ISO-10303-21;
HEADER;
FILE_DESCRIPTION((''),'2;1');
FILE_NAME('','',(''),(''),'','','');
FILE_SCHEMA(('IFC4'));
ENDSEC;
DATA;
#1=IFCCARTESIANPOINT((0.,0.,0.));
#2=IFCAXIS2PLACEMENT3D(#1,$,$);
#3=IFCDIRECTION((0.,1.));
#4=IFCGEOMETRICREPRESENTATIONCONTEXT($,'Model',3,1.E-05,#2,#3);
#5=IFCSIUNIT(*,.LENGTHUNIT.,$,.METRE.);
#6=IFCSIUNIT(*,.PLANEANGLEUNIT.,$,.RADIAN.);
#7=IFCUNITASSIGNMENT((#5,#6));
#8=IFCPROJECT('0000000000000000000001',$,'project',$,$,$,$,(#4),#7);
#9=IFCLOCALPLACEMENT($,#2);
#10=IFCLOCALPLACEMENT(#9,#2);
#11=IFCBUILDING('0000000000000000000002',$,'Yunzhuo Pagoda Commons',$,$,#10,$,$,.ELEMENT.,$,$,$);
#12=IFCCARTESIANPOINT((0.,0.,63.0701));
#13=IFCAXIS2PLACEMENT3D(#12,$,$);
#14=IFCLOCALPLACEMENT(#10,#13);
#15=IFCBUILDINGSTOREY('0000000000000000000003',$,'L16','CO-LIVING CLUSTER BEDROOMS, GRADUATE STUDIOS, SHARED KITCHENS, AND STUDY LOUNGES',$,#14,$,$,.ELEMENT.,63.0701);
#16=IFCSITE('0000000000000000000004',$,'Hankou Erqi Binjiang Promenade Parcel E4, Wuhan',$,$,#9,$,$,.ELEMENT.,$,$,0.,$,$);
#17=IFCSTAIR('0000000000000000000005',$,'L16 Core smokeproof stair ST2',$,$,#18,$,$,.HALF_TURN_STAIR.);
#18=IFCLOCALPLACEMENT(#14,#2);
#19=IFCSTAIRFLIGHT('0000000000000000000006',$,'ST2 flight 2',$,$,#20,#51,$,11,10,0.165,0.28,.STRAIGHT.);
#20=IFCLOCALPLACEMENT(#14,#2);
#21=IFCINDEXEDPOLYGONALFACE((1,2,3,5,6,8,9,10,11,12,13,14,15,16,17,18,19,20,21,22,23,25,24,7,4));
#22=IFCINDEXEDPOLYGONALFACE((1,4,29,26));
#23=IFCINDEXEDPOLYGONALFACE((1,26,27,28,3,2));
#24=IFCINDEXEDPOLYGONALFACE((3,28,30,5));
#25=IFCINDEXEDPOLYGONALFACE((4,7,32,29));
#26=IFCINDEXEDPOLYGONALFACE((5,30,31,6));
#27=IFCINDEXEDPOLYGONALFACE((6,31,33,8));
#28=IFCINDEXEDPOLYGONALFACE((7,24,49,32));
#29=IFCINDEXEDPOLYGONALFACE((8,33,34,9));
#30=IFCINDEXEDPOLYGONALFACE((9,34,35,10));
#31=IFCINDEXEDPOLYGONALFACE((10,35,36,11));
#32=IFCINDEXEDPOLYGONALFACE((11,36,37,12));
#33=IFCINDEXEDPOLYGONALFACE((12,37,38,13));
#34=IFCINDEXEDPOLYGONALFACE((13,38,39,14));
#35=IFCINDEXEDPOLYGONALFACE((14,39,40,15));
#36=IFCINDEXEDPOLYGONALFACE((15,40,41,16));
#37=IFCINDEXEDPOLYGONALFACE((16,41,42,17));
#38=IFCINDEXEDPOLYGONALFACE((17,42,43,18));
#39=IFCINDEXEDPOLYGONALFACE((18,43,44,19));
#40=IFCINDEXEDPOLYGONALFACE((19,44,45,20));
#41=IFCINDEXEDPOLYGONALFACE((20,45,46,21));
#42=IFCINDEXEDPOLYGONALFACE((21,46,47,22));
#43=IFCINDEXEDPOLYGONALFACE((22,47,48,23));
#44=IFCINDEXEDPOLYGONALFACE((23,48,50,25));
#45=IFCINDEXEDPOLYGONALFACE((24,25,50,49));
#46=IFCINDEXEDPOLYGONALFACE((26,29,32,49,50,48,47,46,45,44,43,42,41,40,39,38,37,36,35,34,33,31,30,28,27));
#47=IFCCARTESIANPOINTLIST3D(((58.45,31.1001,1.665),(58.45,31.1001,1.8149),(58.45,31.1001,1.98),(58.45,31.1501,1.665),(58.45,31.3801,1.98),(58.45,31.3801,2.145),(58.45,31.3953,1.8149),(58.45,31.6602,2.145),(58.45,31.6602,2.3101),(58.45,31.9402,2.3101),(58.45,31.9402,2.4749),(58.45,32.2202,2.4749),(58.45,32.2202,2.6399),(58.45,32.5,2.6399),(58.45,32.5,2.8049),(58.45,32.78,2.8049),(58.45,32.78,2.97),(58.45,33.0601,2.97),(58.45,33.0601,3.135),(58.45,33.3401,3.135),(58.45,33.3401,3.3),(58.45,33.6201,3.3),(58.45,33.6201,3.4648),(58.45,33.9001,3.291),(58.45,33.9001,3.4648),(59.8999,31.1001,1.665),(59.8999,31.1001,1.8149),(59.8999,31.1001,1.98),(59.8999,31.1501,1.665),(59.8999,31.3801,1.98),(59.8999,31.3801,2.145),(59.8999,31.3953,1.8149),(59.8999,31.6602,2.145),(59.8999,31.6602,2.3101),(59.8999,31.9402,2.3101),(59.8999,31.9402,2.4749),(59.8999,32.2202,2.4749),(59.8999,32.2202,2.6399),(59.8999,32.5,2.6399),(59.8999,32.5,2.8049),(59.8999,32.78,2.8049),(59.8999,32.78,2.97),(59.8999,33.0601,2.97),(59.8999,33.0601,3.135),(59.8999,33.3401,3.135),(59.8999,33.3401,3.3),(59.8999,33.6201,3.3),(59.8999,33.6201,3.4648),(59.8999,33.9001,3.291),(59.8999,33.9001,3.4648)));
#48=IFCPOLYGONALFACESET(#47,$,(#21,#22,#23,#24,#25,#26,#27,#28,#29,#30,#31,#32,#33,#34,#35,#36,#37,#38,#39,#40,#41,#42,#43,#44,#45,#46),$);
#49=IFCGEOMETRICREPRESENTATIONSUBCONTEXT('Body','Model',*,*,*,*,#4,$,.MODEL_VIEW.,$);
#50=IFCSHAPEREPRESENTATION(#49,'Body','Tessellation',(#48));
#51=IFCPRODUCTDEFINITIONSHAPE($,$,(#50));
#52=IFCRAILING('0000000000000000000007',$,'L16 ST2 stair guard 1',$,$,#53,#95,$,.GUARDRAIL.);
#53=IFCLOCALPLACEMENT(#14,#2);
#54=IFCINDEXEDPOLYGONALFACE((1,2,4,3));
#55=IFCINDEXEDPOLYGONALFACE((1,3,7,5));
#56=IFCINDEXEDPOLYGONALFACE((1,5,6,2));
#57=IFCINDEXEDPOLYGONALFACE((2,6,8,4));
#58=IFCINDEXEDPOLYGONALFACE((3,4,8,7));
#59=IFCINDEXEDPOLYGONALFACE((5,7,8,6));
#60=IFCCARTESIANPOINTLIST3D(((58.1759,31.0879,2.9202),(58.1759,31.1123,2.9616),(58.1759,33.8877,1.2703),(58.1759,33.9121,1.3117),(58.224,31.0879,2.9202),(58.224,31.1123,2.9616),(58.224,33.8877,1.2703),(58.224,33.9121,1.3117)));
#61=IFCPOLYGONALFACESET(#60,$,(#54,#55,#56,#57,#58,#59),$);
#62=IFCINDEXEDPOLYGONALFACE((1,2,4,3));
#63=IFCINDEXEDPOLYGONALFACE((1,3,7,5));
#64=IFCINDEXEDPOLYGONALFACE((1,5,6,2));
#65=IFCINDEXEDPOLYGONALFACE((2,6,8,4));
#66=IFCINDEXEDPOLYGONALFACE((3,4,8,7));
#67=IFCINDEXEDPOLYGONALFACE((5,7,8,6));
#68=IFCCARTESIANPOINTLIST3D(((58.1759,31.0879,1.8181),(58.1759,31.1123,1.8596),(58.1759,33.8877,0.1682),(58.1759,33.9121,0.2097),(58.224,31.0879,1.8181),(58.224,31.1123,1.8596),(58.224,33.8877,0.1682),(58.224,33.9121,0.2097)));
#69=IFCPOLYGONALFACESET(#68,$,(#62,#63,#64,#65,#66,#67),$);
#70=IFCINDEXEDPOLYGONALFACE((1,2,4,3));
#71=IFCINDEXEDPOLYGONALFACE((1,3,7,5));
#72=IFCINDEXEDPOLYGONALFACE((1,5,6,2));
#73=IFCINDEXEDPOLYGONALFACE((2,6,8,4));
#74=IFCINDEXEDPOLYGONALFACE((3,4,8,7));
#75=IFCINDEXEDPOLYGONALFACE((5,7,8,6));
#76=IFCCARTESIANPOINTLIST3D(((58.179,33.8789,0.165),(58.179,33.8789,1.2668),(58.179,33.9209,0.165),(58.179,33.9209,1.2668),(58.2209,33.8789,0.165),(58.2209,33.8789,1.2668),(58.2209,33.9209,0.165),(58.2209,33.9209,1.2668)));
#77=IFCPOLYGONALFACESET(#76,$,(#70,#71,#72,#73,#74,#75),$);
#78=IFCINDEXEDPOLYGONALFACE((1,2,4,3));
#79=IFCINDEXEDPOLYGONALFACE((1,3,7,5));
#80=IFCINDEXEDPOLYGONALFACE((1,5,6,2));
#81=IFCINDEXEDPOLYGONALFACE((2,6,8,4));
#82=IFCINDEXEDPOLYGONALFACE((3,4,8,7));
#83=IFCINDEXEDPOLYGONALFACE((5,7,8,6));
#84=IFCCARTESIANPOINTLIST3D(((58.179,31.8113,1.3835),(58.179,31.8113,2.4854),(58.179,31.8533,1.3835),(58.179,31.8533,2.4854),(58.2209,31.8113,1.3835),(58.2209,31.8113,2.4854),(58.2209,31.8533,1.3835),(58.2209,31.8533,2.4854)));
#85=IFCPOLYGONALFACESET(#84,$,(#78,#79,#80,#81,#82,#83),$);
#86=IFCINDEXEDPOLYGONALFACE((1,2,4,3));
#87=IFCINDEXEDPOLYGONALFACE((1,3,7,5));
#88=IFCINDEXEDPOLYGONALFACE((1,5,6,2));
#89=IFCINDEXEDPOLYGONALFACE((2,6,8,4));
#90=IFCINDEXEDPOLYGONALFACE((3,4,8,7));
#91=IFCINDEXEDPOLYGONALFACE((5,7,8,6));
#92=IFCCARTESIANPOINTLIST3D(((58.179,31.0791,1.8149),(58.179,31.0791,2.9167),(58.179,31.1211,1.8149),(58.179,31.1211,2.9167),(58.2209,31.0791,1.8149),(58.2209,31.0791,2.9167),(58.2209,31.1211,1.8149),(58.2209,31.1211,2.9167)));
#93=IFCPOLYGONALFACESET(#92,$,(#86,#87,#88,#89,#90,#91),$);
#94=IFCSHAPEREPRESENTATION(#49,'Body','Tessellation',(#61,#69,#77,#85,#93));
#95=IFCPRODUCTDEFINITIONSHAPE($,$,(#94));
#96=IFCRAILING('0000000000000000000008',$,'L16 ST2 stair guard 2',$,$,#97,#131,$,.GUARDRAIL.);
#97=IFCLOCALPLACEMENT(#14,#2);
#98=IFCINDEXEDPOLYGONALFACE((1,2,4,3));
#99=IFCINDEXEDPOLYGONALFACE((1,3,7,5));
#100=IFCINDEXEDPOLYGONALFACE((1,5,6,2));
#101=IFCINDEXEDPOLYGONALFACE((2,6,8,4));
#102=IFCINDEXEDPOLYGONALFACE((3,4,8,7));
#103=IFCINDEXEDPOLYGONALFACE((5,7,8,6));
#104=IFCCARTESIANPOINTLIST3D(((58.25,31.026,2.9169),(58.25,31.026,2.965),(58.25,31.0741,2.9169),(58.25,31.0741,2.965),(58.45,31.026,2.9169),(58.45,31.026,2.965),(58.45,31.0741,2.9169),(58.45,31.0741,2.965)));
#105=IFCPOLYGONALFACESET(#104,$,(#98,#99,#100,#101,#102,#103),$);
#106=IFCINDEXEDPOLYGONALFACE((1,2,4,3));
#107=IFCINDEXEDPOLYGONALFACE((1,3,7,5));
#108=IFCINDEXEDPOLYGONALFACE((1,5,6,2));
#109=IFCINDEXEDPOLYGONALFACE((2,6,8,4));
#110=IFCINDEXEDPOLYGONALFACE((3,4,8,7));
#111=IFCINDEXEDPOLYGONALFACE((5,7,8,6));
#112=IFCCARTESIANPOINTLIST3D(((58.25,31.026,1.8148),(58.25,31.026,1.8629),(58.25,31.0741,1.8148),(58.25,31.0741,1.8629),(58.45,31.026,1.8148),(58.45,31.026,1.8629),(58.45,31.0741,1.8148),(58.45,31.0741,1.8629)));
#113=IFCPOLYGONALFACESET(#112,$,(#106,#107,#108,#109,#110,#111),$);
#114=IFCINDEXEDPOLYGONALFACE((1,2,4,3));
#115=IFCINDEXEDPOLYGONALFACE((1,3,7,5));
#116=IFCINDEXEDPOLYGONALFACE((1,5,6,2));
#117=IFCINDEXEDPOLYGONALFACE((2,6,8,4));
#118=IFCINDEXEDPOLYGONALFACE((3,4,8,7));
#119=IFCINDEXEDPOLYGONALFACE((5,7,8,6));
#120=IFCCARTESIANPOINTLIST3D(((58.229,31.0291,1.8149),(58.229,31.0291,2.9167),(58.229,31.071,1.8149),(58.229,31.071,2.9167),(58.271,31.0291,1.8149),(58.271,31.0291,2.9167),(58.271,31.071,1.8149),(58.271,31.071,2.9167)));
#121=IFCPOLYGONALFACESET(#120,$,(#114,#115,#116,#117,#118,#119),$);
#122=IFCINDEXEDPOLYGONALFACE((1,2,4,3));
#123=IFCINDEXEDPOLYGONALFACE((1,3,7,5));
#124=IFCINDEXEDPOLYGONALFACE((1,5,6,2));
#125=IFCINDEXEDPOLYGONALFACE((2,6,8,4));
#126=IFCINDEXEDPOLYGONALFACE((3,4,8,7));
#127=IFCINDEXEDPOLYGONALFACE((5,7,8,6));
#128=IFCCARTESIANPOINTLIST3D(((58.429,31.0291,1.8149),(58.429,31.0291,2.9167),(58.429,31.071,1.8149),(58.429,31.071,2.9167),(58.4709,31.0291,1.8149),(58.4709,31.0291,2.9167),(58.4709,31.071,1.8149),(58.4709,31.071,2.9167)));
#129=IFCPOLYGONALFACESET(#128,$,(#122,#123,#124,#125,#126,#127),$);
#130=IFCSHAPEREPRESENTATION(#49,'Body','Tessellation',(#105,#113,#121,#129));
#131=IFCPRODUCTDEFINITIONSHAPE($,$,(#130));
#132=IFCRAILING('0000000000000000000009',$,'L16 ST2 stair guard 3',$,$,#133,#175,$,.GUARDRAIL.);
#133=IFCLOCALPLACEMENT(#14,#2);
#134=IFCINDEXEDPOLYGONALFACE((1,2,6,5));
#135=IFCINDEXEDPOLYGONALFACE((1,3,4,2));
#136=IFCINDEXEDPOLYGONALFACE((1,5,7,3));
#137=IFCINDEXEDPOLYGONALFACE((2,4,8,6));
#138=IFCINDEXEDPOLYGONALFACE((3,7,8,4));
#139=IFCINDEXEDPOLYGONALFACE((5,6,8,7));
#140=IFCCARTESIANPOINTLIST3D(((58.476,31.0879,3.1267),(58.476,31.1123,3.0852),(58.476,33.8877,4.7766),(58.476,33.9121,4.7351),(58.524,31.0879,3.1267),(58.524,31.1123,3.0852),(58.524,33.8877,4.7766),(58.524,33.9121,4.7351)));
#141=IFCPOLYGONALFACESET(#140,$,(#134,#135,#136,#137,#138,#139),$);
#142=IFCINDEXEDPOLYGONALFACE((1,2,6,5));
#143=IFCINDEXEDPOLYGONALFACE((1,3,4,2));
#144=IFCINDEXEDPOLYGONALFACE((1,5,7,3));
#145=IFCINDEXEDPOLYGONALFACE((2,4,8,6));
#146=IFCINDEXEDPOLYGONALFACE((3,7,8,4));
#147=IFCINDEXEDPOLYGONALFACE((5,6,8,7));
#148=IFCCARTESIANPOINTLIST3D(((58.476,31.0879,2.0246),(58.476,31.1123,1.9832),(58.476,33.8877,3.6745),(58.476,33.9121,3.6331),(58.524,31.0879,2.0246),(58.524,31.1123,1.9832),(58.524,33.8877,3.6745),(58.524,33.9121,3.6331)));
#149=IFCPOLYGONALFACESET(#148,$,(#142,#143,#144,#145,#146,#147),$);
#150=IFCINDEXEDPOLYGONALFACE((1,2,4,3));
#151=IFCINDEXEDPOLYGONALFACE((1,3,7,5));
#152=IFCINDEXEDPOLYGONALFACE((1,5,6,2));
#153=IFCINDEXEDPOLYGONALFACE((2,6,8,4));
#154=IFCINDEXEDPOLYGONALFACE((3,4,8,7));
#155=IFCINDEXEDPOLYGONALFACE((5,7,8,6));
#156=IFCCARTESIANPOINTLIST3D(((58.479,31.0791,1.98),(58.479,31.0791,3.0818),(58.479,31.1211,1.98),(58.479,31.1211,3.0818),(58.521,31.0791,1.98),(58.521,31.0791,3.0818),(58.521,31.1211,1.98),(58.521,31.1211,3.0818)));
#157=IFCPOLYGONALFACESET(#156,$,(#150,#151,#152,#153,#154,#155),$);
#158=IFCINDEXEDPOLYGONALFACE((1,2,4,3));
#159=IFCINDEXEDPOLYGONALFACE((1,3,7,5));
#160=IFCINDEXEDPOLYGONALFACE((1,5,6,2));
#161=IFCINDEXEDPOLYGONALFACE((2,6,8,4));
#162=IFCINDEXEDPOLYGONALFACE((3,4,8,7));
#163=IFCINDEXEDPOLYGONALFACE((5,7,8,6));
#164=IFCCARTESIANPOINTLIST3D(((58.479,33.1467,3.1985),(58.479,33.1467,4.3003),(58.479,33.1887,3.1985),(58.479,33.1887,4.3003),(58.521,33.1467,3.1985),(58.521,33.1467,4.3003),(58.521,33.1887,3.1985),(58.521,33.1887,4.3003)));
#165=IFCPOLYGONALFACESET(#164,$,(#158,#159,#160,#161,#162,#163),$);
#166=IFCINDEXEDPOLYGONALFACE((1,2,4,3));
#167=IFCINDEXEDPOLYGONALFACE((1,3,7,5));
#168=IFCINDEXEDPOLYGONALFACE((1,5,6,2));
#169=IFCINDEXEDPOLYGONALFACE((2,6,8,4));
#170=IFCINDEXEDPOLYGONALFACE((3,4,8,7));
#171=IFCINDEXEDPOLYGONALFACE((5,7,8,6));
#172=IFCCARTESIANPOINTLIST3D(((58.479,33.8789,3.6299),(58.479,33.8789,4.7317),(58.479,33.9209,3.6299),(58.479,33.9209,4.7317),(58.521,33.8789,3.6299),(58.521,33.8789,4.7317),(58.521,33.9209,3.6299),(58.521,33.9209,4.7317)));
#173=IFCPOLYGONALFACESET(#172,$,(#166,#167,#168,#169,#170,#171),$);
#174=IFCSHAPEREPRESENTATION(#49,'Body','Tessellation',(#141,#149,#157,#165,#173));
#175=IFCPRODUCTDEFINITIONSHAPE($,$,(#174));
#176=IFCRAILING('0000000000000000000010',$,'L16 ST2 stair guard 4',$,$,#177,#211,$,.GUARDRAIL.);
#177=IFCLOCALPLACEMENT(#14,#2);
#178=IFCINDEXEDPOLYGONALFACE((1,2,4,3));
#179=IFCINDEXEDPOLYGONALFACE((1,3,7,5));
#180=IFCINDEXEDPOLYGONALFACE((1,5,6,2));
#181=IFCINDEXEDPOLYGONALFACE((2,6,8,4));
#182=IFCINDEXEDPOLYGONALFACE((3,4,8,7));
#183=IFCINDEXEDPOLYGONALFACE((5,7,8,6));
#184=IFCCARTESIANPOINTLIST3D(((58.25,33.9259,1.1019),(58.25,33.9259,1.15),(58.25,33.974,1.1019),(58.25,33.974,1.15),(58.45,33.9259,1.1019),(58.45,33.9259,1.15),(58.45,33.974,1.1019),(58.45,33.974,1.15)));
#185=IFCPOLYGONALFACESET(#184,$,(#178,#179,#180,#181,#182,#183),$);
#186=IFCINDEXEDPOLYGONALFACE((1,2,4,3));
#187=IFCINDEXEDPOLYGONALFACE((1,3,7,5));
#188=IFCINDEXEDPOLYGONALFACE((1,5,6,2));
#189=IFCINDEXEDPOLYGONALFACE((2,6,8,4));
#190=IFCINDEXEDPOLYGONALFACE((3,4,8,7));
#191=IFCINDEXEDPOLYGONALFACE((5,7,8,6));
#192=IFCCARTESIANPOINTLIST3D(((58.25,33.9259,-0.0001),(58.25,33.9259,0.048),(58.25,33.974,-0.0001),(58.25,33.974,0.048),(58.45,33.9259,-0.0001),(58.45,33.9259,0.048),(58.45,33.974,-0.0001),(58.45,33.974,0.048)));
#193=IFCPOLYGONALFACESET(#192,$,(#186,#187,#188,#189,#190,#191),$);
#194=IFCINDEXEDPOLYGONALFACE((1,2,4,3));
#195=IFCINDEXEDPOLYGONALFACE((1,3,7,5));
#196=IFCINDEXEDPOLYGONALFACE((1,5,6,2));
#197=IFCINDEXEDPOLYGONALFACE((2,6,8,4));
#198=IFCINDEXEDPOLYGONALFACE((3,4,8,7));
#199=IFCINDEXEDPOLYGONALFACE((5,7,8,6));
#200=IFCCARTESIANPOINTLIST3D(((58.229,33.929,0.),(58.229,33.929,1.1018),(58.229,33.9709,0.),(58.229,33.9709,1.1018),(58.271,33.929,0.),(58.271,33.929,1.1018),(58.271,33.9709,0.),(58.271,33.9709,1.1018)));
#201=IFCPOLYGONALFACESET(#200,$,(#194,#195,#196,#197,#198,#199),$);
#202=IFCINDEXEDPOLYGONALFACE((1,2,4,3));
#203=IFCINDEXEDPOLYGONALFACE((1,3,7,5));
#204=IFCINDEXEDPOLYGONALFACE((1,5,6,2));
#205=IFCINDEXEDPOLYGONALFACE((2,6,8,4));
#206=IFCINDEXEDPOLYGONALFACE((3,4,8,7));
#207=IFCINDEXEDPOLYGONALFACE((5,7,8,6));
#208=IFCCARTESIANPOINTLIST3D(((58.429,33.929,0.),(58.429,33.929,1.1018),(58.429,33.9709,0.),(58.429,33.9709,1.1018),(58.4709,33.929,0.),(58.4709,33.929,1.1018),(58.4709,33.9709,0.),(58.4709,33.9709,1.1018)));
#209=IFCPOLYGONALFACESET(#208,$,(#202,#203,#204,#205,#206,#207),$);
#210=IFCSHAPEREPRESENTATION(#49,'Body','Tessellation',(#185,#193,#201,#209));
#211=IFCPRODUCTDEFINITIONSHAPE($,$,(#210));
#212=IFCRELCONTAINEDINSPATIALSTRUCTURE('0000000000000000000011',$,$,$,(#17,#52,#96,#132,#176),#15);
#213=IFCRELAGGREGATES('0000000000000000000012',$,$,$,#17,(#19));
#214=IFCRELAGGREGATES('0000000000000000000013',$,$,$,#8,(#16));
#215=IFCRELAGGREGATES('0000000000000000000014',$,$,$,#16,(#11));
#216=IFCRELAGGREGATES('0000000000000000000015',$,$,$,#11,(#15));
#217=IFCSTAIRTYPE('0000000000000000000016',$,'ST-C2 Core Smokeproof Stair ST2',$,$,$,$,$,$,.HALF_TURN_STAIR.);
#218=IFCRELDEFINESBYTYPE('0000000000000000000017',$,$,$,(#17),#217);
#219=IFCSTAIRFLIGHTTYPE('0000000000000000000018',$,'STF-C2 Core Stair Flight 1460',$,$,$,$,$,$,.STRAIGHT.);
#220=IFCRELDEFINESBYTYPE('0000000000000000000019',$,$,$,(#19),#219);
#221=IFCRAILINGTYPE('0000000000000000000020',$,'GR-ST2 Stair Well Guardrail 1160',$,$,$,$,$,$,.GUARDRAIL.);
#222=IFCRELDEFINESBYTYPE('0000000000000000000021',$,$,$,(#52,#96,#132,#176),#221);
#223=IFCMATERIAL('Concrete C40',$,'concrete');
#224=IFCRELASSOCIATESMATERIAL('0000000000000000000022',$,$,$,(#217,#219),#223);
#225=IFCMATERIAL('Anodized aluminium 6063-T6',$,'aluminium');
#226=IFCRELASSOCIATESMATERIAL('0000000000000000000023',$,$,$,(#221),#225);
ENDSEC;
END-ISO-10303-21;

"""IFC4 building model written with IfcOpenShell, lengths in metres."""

from ifc_helpers import new_model, si_unit, direction, frame, origin, origin_2d, place, context, subcontext, project, spatial, polyline, rectangle, outline, extrude, source, transform, mapped, material, type_object, element, aggregate, save


model = new_model("IFC4")

# Units and contexts
model_context = context("Model", 3, precision=1e-05, world=origin(), true_north=direction((0.0, 1.0)))
body_context = subcontext(model_context, "Body", "Model", "MODEL_VIEW")
ifc_project = project(units=[si_unit("LENGTHUNIT", "METRE"), si_unit("PLANEANGLEUNIT", "RADIAN")], contexts=[model_context])

# Site, building, storey
site_placement = place(None, origin())
site = spatial("IfcSite", under=ifc_project, at=site_placement, Name="Hankou Erqi Binjiang Promenade Parcel E4, Wuhan", CompositionType="ELEMENT", RefElevation=0.0)
building_placement = place(site_placement, origin())
building = spatial("IfcBuilding", under=site, at=building_placement, Name="Yunzhuo Pagoda Commons", CompositionType="ELEMENT")
storey_placement = place(building_placement, frame((0.0, 0.0, 63.0701)))
storey = spatial("IfcBuildingStorey", under=building, at=storey_placement, Name="L16", Description="CO-LIVING CLUSTER BEDROOMS, GRADUATE STUDIOS, SHARED KITCHENS, AND STUDY LOUNGES", CompositionType="ELEMENT", Elevation=63.0701)

# Shared definitions
ifc_material_1 = material(Name="Concrete C40", Category="concrete")

# Stair, stair flight
stair_type = type_object("IfcStairType", Name="ST-C2 Core Smokeproof Stair ST2", PredefinedType="HALF_TURN_STAIR", material=ifc_material_1)
stair_placement = place(storey_placement, origin())
stair = element("IfcStair", 1, at=stair_placement, inside=storey, type_object=stair_type, Name="L16 Core smokeproof stair ST2", PredefinedType="HALF_TURN_STAIR")
stair_flight_type = type_object("IfcStairFlightType", Name="STF-C2 Core Stair Flight 1460", PredefinedType="STRAIGHT", material=ifc_material_1)
shared_shape_1 = source(origin(), body_context, "Body", "SweptSolid", [
    extrude(outline(polyline([(0.0, -0.1499), (0.0, 0.0), (0.0, 0.165), (0.28, 0.165), (0.28, 0.3301), (0.5601, 0.3301), (0.5601, 0.4951), (0.8401, 0.4951), (0.8401, 0.6599), (1.1201, 0.6599), (1.1201, 0.825), (1.3999, 0.825), (1.3999, 0.99), (1.6799, 0.99), (1.6799, 1.155), (1.96, 1.155), (1.96, 1.3201), (2.24, 1.3201), (2.24, 1.4851), (2.52, 1.4851), (2.52, 1.6499), (2.8, 1.6499), (2.8, 1.8149), (2.8, 1.4761), (0.2952, 0.0), (0.05, -0.1499), (0.0, -0.1499)])), frame((0.0, 0.7251, 0.0), z_axis=(0.0, -1.0, 0.0), x_axis=(1.0, 0.0, 0.0)), (0.0, 0.0, 1.0), 1.45),
])
stair_flight_1_placement = place(storey_placement, frame((59.175, 31.1001, 1.8149), z_axis=(0.0, 0.0, 1.0), x_axis=(0.0, 1.0, 0.0)))
stair_flight_1 = element("IfcStairFlight", 2, at=stair_flight_1_placement, type_object=stair_flight_type, Name="ST2 flight 2", NumberOfRisers=11, NumberOfTreads=10, PredefinedType="STRAIGHT", RiserHeight=0.165, TreadLength=0.28, context=body_context, shape_type="MappedRepresentation", body=[
    mapped(shared_shape_1, transform((0.0, 0.0, 0.0), scale=1.0)),
])
aggregate(stair, [stair_flight_1])

# Railings
ifc_material_2 = material(Name="Anodized aluminium 6063-T6", Category="aluminium")
railing_type_1 = type_object("IfcRailingType", Name="GR-ST2 Stair Well Guardrail 1160", PredefinedType="GUARDRAIL", material=ifc_material_2)
railing_1_placement = place(storey_placement, frame((58.2, 33.8999, 0.165)))
element("IfcRailing", 3, at=railing_1_placement, inside=storey, type_object=railing_type_1, Name="L16 ST2 stair guard 1", PredefinedType="GUARDRAIL", context=body_context, shape_type="SweptSolid", body=[
    extrude(rectangle(XDim=0.0481, YDim=0.0481, at=origin_2d()), frame((0.0, 0.0, 1.126), z_axis=(0.0, -0.861536, 0.507696), x_axis=(1.0, 0.0, 0.0)), (0.0, 0.0, 1.0), 3.2498),
    extrude(rectangle(XDim=0.0481, YDim=0.0481, at=origin_2d()), frame((0.0, 0.0, 0.0239), z_axis=(0.0, -0.861536, 0.507696), x_axis=(1.0, 0.0, 0.0)), (0.0, 0.0, 1.0), 3.2498),
    extrude(rectangle(XDim=0.042, YDim=0.042, at=origin_2d()), origin(), (0.0, 0.0, 1.0), 1.1018),
    extrude(rectangle(XDim=0.042, YDim=0.042, at=origin_2d()), frame((0.0, -2.0676, 1.2185)), (0.0, 0.0, 1.0), 1.1018),
    extrude(rectangle(XDim=0.042, YDim=0.042, at=origin_2d()), frame((0.0, -2.7998, 1.6499)), (0.0, 0.0, 1.0), 1.1018),
])
railing_2_placement = place(storey_placement, frame((58.25, 31.05, 1.8149)))
element("IfcRailing", 4, at=railing_2_placement, inside=storey, type_object=railing_type_1, Name="L16 ST2 stair guard 2", PredefinedType="GUARDRAIL", context=body_context, shape_type="SweptSolid", body=[
    extrude(rectangle(XDim=0.0481, YDim=0.0481, at=origin_2d()), frame((0.0, 0.0, 1.126), z_axis=(1.0, 0.0, 0.0), x_axis=(0.0, 1.0, 0.0)), (0.0, 0.0, 1.0), 0.2),
    extrude(rectangle(XDim=0.0481, YDim=0.0481, at=origin_2d()), frame((0.0, 0.0, 0.0239), z_axis=(1.0, 0.0, 0.0), x_axis=(0.0, 1.0, 0.0)), (0.0, 0.0, 1.0), 0.2),
    extrude(rectangle(XDim=0.042, YDim=0.042, at=origin_2d()), origin(), (0.0, 0.0, 1.0), 1.1018),
    extrude(rectangle(XDim=0.042, YDim=0.042, at=origin_2d()), frame((0.2, 0.0, 0.0)), (0.0, 0.0, 1.0), 1.1018),
])
railing_3_placement = place(storey_placement, frame((58.5, 31.1001, 1.98)))
element("IfcRailing", 5, at=railing_3_placement, inside=storey, type_object=railing_type_1, Name="L16 ST2 stair guard 3", PredefinedType="GUARDRAIL", context=body_context, shape_type="SweptSolid", body=[
    extrude(rectangle(XDim=0.0481, YDim=0.0481, at=origin_2d()), frame((0.0, 0.0, 1.126), z_axis=(0.0, 0.861536, 0.507696), x_axis=(-1.0, 0.0, 0.0)), (0.0, 0.0, 1.0), 3.2498),
    extrude(rectangle(XDim=0.0481, YDim=0.0481, at=origin_2d()), frame((0.0, 0.0, 0.0239), z_axis=(0.0, 0.861536, 0.507696), x_axis=(-1.0, 0.0, 0.0)), (0.0, 0.0, 1.0), 3.2498),
    extrude(rectangle(XDim=0.042, YDim=0.042, at=origin_2d()), origin(), (0.0, 0.0, 1.0), 1.1018),
    extrude(rectangle(XDim=0.042, YDim=0.042, at=origin_2d()), frame((0.0, 2.0676, 1.2185)), (0.0, 0.0, 1.0), 1.1018),
    extrude(rectangle(XDim=0.042, YDim=0.042, at=origin_2d()), frame((0.0, 2.7998, 1.6499)), (0.0, 0.0, 1.0), 1.1018),
])
railing_4_placement = place(storey_placement, frame((58.25, 33.95, 0.0)))
element("IfcRailing", 6, at=railing_4_placement, inside=storey, type_object=railing_type_1, Name="L16 ST2 stair guard 4", PredefinedType="GUARDRAIL", context=body_context, shape_type="SweptSolid", body=[
    extrude(rectangle(XDim=0.0481, YDim=0.0481, at=origin_2d()), frame((0.0, 0.0, 1.126), z_axis=(1.0, 0.0, 0.0), x_axis=(0.0, 1.0, 0.0)), (0.0, 0.0, 1.0), 0.2),
    extrude(rectangle(XDim=0.0481, YDim=0.0481, at=origin_2d()), frame((0.0, 0.0, 0.0239), z_axis=(1.0, 0.0, 0.0), x_axis=(0.0, 1.0, 0.0)), (0.0, 0.0, 1.0), 0.2),
    extrude(rectangle(XDim=0.042, YDim=0.042, at=origin_2d()), origin(), (0.0, 0.0, 1.0), 1.1018),
    extrude(rectangle(XDim=0.042, YDim=0.042, at=origin_2d()), frame((0.2, 0.0, 0.0)), (0.0, 0.0, 1.0), 1.1018),
])

save(model, "model.ifc")
